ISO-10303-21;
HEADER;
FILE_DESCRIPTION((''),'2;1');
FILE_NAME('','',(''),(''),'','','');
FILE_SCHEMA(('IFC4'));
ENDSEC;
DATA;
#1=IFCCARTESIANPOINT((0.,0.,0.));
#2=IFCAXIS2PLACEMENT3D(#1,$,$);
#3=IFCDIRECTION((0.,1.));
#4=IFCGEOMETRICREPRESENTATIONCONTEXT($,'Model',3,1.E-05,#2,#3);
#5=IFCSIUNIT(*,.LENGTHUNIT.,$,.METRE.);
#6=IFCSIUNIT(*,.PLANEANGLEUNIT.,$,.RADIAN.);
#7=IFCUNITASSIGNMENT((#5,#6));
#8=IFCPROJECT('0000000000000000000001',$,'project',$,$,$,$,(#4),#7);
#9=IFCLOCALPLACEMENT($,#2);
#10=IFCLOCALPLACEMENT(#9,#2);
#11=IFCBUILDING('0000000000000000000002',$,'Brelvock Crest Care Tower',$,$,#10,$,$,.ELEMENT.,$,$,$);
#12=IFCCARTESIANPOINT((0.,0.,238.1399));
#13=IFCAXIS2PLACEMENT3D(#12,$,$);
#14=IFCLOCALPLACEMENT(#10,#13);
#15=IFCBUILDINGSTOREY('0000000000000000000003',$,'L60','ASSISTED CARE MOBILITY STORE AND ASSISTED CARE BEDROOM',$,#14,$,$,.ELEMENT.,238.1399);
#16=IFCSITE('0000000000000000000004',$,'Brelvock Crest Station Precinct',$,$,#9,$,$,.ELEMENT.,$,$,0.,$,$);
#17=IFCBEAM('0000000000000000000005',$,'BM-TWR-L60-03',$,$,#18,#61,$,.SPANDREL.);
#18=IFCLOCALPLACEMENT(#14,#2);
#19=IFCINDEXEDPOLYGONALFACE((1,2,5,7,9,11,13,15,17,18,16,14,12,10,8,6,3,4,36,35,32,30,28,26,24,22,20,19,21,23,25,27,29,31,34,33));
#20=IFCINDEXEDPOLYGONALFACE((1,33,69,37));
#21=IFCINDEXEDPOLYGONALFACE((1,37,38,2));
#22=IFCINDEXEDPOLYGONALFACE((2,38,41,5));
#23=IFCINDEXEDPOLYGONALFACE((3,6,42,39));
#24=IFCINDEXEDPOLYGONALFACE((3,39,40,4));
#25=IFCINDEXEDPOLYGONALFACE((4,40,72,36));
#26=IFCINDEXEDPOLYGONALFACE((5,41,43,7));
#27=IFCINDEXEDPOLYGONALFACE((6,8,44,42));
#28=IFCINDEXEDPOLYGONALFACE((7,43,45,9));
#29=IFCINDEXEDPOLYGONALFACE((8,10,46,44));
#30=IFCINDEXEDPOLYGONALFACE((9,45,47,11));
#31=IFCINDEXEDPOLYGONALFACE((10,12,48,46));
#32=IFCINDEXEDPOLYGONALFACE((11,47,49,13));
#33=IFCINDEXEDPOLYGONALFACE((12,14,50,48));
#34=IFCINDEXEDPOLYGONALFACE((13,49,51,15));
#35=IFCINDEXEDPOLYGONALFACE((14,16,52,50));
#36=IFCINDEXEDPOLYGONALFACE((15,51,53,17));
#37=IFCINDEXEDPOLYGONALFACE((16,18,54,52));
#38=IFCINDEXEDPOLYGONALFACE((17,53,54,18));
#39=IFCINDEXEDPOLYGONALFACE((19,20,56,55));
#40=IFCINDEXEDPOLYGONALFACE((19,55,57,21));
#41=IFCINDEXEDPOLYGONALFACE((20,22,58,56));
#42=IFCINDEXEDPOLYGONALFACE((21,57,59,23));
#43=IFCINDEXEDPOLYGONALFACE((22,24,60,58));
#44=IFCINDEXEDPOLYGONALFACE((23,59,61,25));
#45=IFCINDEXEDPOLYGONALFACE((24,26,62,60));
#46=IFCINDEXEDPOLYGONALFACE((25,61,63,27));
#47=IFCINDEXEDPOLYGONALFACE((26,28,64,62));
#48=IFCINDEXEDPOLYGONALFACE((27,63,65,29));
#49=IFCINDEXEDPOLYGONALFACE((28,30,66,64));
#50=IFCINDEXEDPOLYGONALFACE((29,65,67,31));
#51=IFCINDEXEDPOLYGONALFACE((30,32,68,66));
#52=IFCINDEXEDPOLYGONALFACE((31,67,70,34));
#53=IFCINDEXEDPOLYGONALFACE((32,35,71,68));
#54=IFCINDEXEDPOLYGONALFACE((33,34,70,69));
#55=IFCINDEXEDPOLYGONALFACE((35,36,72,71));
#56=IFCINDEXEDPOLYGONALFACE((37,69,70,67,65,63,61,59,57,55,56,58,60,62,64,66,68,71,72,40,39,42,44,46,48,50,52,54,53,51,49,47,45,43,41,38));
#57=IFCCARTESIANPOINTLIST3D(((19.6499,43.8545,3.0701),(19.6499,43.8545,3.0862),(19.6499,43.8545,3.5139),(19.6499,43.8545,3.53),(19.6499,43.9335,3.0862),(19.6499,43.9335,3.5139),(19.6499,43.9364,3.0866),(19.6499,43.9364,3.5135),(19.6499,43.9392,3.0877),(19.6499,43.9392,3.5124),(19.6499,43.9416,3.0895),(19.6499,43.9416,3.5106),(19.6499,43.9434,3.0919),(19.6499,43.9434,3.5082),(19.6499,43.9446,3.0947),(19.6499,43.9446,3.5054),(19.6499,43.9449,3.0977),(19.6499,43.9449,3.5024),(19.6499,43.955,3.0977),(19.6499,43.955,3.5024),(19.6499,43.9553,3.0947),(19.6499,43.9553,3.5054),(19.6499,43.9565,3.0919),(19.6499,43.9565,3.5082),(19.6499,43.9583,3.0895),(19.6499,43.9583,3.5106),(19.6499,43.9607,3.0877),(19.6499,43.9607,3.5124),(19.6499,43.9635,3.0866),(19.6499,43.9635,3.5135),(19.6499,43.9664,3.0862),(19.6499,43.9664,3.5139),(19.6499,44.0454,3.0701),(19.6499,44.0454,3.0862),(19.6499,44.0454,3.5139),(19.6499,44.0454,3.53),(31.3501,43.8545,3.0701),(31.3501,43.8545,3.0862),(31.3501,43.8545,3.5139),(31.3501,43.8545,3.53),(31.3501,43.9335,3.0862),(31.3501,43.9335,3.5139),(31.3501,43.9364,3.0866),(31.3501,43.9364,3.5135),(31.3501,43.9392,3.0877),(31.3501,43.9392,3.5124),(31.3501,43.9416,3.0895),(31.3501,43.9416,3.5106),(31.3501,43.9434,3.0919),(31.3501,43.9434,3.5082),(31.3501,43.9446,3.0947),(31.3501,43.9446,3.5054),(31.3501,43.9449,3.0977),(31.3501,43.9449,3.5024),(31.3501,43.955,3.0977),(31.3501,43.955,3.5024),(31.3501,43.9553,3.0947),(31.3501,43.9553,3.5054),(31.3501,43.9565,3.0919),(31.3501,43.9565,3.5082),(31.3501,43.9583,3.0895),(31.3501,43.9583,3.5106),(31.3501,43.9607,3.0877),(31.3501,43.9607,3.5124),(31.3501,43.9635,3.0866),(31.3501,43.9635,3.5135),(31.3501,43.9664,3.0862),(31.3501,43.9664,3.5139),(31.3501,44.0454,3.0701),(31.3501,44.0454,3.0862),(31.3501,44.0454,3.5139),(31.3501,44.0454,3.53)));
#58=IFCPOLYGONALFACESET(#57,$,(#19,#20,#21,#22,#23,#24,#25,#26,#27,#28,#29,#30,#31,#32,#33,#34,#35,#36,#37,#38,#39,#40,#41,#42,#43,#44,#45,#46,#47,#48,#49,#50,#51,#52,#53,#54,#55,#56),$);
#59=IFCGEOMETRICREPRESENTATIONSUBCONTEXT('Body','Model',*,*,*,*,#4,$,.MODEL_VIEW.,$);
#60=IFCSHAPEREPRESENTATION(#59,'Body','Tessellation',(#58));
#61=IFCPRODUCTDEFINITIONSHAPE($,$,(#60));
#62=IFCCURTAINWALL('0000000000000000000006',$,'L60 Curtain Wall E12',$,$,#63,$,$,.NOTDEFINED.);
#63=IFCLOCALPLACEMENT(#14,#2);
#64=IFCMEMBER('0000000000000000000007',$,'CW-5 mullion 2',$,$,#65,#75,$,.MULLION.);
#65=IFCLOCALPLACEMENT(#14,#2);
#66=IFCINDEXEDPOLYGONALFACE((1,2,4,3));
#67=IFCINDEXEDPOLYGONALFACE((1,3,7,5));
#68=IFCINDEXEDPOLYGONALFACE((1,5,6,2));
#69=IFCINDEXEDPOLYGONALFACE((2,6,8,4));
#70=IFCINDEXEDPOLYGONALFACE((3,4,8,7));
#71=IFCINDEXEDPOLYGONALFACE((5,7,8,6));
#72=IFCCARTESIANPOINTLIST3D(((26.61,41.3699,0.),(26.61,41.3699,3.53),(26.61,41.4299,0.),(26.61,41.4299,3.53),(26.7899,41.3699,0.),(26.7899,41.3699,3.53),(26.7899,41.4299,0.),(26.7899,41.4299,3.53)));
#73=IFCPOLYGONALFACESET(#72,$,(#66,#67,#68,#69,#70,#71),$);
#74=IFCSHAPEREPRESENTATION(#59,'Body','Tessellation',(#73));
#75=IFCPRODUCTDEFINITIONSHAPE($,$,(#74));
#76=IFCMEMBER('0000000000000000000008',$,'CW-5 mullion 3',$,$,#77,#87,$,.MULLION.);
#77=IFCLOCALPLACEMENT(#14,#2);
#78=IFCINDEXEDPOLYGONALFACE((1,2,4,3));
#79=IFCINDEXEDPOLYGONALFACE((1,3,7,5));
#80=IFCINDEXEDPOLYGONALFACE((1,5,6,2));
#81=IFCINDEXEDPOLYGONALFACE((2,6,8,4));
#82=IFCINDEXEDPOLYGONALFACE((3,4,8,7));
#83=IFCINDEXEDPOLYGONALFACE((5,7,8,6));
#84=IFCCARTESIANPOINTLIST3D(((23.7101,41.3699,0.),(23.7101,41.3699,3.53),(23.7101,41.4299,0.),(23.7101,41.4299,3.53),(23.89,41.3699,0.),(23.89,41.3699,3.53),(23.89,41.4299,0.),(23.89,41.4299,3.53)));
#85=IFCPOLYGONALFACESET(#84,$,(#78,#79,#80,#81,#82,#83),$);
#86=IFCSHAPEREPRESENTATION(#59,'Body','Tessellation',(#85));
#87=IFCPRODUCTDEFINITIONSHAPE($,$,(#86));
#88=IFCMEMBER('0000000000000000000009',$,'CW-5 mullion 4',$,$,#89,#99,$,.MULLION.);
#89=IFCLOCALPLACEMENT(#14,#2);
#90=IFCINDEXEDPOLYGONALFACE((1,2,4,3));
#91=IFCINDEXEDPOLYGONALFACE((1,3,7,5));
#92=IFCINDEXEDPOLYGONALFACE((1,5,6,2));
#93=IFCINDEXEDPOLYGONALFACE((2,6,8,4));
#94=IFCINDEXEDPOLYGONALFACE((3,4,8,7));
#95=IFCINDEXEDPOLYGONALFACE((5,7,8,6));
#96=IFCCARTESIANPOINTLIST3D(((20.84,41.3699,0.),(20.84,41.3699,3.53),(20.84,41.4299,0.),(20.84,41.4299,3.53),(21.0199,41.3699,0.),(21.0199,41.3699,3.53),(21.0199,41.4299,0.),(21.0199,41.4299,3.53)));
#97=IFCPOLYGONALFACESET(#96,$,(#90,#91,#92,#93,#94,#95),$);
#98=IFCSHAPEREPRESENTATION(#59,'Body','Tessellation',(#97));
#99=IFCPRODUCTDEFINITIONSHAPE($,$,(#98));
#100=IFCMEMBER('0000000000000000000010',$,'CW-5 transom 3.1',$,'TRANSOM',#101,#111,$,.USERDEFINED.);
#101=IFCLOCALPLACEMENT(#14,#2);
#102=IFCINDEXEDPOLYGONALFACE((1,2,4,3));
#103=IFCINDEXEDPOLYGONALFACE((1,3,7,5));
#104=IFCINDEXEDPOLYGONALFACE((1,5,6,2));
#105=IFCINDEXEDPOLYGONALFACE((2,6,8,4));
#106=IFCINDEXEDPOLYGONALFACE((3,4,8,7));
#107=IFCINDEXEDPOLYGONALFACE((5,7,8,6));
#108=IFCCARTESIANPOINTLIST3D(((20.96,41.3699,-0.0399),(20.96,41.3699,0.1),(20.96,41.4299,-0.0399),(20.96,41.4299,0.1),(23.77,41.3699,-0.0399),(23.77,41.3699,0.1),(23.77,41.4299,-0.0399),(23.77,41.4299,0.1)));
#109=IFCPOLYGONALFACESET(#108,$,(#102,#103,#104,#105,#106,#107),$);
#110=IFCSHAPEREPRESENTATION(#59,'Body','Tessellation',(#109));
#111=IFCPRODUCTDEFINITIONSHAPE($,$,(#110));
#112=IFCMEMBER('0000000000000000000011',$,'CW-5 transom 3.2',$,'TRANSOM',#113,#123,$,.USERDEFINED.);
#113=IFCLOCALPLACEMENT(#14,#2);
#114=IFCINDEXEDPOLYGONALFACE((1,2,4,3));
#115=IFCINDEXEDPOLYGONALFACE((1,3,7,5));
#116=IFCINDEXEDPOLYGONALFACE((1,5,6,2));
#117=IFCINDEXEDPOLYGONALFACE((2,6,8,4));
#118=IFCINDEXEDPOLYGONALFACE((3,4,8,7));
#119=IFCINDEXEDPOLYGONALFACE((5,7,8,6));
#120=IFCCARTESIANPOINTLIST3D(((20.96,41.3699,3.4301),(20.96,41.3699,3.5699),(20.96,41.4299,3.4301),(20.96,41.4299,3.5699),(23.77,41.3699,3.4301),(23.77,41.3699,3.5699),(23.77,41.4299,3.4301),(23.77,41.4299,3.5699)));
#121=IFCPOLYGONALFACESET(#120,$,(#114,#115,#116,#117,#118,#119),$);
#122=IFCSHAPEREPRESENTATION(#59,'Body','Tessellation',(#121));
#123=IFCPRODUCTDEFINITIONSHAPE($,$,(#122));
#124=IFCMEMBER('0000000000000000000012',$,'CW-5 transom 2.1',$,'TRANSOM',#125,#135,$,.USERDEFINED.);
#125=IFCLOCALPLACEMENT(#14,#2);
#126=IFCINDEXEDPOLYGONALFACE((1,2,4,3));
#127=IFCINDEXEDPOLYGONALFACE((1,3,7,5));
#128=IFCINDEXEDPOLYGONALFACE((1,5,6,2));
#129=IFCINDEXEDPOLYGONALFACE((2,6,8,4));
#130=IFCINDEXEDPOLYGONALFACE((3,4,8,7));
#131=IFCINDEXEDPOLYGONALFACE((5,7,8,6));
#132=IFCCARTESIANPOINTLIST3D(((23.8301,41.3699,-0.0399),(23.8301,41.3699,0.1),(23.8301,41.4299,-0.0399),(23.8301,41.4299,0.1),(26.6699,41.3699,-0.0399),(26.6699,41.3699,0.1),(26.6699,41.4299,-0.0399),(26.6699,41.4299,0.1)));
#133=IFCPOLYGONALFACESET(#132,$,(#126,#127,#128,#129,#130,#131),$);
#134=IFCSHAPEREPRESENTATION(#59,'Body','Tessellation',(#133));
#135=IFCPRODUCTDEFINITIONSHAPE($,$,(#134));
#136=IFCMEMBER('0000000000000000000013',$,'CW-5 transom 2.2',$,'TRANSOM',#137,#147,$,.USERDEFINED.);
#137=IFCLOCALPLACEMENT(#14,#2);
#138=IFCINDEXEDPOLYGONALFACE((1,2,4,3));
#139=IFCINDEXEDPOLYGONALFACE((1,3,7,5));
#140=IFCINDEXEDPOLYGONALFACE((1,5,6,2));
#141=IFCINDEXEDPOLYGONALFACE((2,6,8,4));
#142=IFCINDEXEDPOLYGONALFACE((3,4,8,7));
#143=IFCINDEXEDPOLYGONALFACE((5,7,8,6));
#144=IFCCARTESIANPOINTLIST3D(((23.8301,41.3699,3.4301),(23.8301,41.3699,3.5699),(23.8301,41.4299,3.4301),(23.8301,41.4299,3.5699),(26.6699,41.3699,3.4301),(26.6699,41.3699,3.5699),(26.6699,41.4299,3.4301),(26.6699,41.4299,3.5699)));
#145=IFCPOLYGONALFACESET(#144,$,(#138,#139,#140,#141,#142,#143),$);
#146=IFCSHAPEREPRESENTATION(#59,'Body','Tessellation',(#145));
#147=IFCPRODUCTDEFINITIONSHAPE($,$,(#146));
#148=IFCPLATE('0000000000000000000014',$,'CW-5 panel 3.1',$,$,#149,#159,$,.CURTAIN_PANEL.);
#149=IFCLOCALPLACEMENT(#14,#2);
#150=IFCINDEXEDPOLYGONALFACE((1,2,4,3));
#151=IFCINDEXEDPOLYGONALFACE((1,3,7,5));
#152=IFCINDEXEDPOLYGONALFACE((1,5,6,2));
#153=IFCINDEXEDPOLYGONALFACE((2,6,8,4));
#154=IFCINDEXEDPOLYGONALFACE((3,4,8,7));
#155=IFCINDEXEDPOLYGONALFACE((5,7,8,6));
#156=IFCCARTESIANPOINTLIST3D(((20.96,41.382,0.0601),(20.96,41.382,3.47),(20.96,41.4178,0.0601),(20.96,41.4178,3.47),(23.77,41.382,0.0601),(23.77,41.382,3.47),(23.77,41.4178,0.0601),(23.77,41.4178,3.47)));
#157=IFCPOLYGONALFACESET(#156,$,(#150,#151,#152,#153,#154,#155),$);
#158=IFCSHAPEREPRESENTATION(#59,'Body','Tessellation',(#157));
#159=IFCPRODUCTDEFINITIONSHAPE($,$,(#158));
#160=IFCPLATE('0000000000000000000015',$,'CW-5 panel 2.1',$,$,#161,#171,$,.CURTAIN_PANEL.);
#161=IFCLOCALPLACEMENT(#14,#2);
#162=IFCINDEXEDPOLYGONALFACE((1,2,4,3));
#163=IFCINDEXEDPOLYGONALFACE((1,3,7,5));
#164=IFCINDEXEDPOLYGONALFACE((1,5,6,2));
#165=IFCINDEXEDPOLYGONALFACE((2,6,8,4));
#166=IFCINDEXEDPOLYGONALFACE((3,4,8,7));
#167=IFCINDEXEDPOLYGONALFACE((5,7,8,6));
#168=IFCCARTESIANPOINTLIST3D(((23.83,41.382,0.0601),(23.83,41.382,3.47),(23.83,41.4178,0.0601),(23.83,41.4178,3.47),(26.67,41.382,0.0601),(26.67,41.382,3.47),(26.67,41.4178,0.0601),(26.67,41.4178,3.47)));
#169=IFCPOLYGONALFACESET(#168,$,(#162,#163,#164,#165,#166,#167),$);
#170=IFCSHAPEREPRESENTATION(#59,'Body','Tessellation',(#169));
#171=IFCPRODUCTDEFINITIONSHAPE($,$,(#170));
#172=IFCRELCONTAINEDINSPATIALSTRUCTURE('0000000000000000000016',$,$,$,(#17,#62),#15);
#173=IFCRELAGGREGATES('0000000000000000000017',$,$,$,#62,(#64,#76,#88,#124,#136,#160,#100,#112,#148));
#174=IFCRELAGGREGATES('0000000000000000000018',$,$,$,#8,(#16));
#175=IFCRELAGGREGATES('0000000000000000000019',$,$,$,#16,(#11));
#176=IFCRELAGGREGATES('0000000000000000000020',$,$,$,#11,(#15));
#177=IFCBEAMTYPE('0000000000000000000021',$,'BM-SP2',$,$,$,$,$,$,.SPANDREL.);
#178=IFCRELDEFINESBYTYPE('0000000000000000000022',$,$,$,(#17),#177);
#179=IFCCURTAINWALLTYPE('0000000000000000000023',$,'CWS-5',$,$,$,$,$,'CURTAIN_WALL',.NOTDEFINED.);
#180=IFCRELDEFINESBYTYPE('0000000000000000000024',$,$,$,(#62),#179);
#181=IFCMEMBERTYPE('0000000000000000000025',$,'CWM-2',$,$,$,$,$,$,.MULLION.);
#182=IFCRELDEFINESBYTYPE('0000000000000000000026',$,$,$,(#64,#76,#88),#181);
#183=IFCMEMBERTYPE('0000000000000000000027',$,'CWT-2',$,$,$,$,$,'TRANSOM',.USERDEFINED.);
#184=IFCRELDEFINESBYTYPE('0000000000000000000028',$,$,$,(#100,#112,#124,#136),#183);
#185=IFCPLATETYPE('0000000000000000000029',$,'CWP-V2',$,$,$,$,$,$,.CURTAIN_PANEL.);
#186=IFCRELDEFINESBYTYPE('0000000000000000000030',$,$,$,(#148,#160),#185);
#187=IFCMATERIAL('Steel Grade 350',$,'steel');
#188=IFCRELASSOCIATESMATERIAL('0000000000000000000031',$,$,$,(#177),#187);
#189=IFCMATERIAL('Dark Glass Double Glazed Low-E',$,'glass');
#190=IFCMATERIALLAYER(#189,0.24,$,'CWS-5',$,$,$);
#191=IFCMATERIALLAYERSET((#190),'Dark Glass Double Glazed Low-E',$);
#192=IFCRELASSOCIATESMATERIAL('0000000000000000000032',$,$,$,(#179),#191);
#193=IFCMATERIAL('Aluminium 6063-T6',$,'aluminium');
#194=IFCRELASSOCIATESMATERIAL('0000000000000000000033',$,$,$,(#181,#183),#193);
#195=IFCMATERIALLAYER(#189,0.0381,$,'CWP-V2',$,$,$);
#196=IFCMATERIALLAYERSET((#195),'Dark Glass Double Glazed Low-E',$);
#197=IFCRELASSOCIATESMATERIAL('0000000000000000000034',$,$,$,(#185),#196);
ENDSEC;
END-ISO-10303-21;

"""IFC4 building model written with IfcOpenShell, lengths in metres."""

from ifc_helpers import new_model, si_unit, direction, frame, origin, origin_2d, place, context, subcontext, project, spatial, rectangle, i_section, extrude, source, transform, mapped, material, layer, layer_set, material_profile, profile_set, type_object, element, aggregate, save


model = new_model("IFC4")

# Units and contexts
model_context = context("Model", 3, precision=1e-05, world=origin(), true_north=direction((0.0, 1.0)))
body_context = subcontext(model_context, "Body", "Model", "MODEL_VIEW")
ifc_project = project(units=[si_unit("LENGTHUNIT", "METRE"), si_unit("PLANEANGLEUNIT", "RADIAN")], contexts=[model_context])

# Site, building, storey
site_placement = place(None, origin())
site = spatial("IfcSite", under=ifc_project, at=site_placement, Name="Brelvock Crest Station Precinct", CompositionType="ELEMENT", RefElevation=0.0)
building_placement = place(site_placement, origin())
building = spatial("IfcBuilding", under=site, at=building_placement, Name="Brelvock Crest Care Tower", CompositionType="ELEMENT")
storey_placement = place(building_placement, frame((0.0, 0.0, 238.1399)))
storey = spatial("IfcBuildingStorey", under=building, at=storey_placement, Name="L60", Description="ASSISTED CARE MOBILITY STORE AND ASSISTED CARE BEDROOM", CompositionType="ELEMENT", Elevation=238.1399)

# Shared definitions
ifc_material_1 = material(Name="Steel Grade 350", Category="steel")

# Beam
ifc_material_profile_1 = material_profile(ifc_material_1, i_section(OverallWidth=0.1909, OverallDepth=0.46, WebThickness=0.01, FlangeThickness=0.0161, FilletRadius=0.0115, at=origin_2d()), Name="460UB82.1")
ifc_profile_set_1 = profile_set([ifc_material_profile_1], Name="Steel Grade 350")
beam_type_1 = type_object("IfcBeamType", Name="BM-SP2", PredefinedType="SPANDREL", material=ifc_profile_set_1)
shared_shape_1 = source(origin(), body_context, "Body", "SweptSolid", [
    extrude(i_section(OverallWidth=0.1909, OverallDepth=0.46, WebThickness=0.01, FlangeThickness=0.0161, FilletRadius=0.0115, at=origin_2d()), origin(), (0.0, 0.0, 1.0), 11.7002),
])
beam_1_placement = place(storey_placement, frame((19.6499, 43.95, 3.3), z_axis=(1.0, 0.0, 0.0), x_axis=(0.0, 1.0, 0.0)))
element("IfcBeam", 1, at=beam_1_placement, inside=storey, type_object=beam_type_1, Name="BM-TWR-L60-03", PredefinedType="SPANDREL", context=body_context, shape_type="MappedRepresentation", body=[
    mapped(shared_shape_1, transform((0.0, 0.0, 0.0), x_axis=(1.0, 0.0, 0.0), y_axis=(0.0, 1.0, 0.0), z_axis=(0.0, 0.0, 1.0), scale=1.0)),
])

# Curtain wall, members, plates
ifc_material_2 = material(Name="Dark Glass Double Glazed Low-E", Category="glass")
ifc_layer_1 = layer(ifc_material_2, 0.24, Name="CWS-5")
ifc_layer_set_1 = layer_set([ifc_layer_1], Name="Dark Glass Double Glazed Low-E")
curtain_wall_type = type_object("IfcCurtainWallType", Name="CWS-5", ElementType="CURTAIN_WALL", PredefinedType="NOTDEFINED", material=ifc_layer_set_1)
curtain_wall_placement = place(storey_placement, origin())
curtain_wall = element("IfcCurtainWall", 2, at=curtain_wall_placement, inside=storey, type_object=curtain_wall_type, Name="L60 Curtain Wall E12", PredefinedType="NOTDEFINED")
ifc_material_3 = material(Name="Aluminium 6063-T6", Category="aluminium")
ifc_material_profile_2 = material_profile(ifc_material_3, rectangle(XDim=0.0601, YDim=0.1799, at=origin_2d()), Name="ALU60x180")
ifc_profile_set_2 = profile_set([ifc_material_profile_2], Name="Aluminium 6063-T6")
member_type_1 = type_object("IfcMemberType", Name="CWM-2", PredefinedType="MULLION", material=ifc_profile_set_2)
shared_shape_2 = source(origin(), body_context, "Body", "SweptSolid", [
    extrude(rectangle(XDim=0.0601, YDim=0.1799, at=origin_2d()), origin(), (0.0, 0.0, 1.0), 3.53),
])
member_1_placement = place(storey_placement, frame((26.7, 41.3999, 0.0), z_axis=(0.0, 0.0, 1.0), x_axis=(0.0, -1.0, 0.0)))
member_1 = element("IfcMember", 3, at=member_1_placement, type_object=member_type_1, Name="CW-5 mullion 2", PredefinedType="MULLION", context=body_context, shape_type="MappedRepresentation", body=[
    mapped(shared_shape_2, transform((0.0, 0.0, 0.0), x_axis=(1.0, 0.0, 0.0), y_axis=(0.0, 1.0, 0.0), z_axis=(0.0, 0.0, 1.0), scale=1.0)),
])
member_2_placement = place(storey_placement, frame((23.8, 41.3999, 0.0), z_axis=(0.0, 0.0, 1.0), x_axis=(0.0, -1.0, 0.0)))
member_2 = element("IfcMember", 4, at=member_2_placement, type_object=member_type_1, Name="CW-5 mullion 3", PredefinedType="MULLION", context=body_context, shape_type="MappedRepresentation", body=[
    mapped(shared_shape_2, transform((0.0, 0.0, 0.0), x_axis=(1.0, 0.0, 0.0), y_axis=(0.0, 1.0, 0.0), z_axis=(0.0, 0.0, 1.0), scale=1.0)),
])
member_3_placement = place(storey_placement, frame((20.9299, 41.3999, 0.0), z_axis=(0.0, 0.0, 1.0), x_axis=(0.0, -1.0, 0.0)))
member_3 = element("IfcMember", 5, at=member_3_placement, type_object=member_type_1, Name="CW-5 mullion 4", PredefinedType="MULLION", context=body_context, shape_type="MappedRepresentation", body=[
    mapped(shared_shape_2, transform((0.0, 0.0, 0.0), x_axis=(1.0, 0.0, 0.0), y_axis=(0.0, 1.0, 0.0), z_axis=(0.0, 0.0, 1.0), scale=1.0)),
])
ifc_material_profile_3 = material_profile(ifc_material_3, rectangle(XDim=0.0601, YDim=0.1399, at=origin_2d()), Name="ALU60x140")
ifc_profile_set_3 = profile_set([ifc_material_profile_3], Name="Aluminium 6063-T6")
member_type_2 = type_object("IfcMemberType", Name="CWT-2", ElementType="TRANSOM", PredefinedType="USERDEFINED", material=ifc_profile_set_3)
shared_shape_3 = source(origin(), body_context, "Body", "SweptSolid", [
    extrude(rectangle(XDim=0.0601, YDim=0.1399, at=origin_2d()), origin(), (0.0, 0.0, 1.0), 2.8101),
])
member_4_placement = place(storey_placement, frame((23.77, 41.3999, 0.03), z_axis=(-1.0, 0.0, 0.0), x_axis=(0.0, -1.0, 0.0)))
member_4 = element("IfcMember", 6, at=member_4_placement, type_object=member_type_2, Name="CW-5 transom 3.1", ObjectType="TRANSOM", PredefinedType="USERDEFINED", context=body_context, shape_type="MappedRepresentation", body=[
    mapped(shared_shape_3, transform((0.0, 0.0, 0.0), x_axis=(1.0, 0.0, 0.0), y_axis=(0.0, 1.0, 0.0), z_axis=(0.0, 0.0, 1.0), scale=1.0)),
])
member_5_placement = place(storey_placement, frame((23.77, 41.3999, 3.5), z_axis=(-1.0, 0.0, 0.0), x_axis=(0.0, -1.0, 0.0)))
member_5 = element("IfcMember", 7, at=member_5_placement, type_object=member_type_2, Name="CW-5 transom 3.2", ObjectType="TRANSOM", PredefinedType="USERDEFINED", context=body_context, shape_type="MappedRepresentation", body=[
    mapped(shared_shape_3, transform((0.0, 0.0, 0.0), x_axis=(1.0, 0.0, 0.0), y_axis=(0.0, 1.0, 0.0), z_axis=(0.0, 0.0, 1.0), scale=1.0)),
])
shared_shape_4 = source(origin(), body_context, "Body", "SweptSolid", [
    extrude(rectangle(XDim=0.0601, YDim=0.1399, at=origin_2d()), origin(), (0.0, 0.0, 1.0), 2.8398),
])
member_6_placement = place(storey_placement, frame((26.6699, 41.3999, 0.03), z_axis=(-1.0, 0.0, 0.0), x_axis=(0.0, -1.0, 0.0)))
member_6 = element("IfcMember", 8, at=member_6_placement, type_object=member_type_2, Name="CW-5 transom 2.1", ObjectType="TRANSOM", PredefinedType="USERDEFINED", context=body_context, shape_type="MappedRepresentation", body=[
    mapped(shared_shape_4, transform((0.0, 0.0, 0.0), x_axis=(1.0, 0.0, 0.0), y_axis=(0.0, 1.0, 0.0), z_axis=(0.0, 0.0, 1.0), scale=1.0)),
])
member_7_placement = place(storey_placement, frame((26.6699, 41.3999, 3.5), z_axis=(-1.0, 0.0, 0.0), x_axis=(0.0, -1.0, 0.0)))
member_7 = element("IfcMember", 9, at=member_7_placement, type_object=member_type_2, Name="CW-5 transom 2.2", ObjectType="TRANSOM", PredefinedType="USERDEFINED", context=body_context, shape_type="MappedRepresentation", body=[
    mapped(shared_shape_4, transform((0.0, 0.0, 0.0), x_axis=(1.0, 0.0, 0.0), y_axis=(0.0, 1.0, 0.0), z_axis=(0.0, 0.0, 1.0), scale=1.0)),
])
ifc_layer_2 = layer(ifc_material_2, 0.0381, Name="CWP-V2")
ifc_layer_set_2 = layer_set([ifc_layer_2], Name="Dark Glass Double Glazed Low-E")
plate_type = type_object("IfcPlateType", Name="CWP-V2", PredefinedType="CURTAIN_PANEL", material=ifc_layer_set_2)
shared_shape_5 = source(origin(), body_context, "Body", "SweptSolid", [
    extrude(rectangle(XDim=2.8101, YDim=0.0359, at=origin_2d()), origin(), (0.0, 0.0, 1.0), 3.4099),
])
plate_1_placement = place(storey_placement, frame((22.365, 41.3999, 0.0601), z_axis=(0.0, 0.0, 1.0), x_axis=(-1.0, 0.0, 0.0)))
plate_1 = element("IfcPlate", 10, at=plate_1_placement, type_object=plate_type, Name="CW-5 panel 3.1", PredefinedType="CURTAIN_PANEL", context=body_context, shape_type="MappedRepresentation", body=[
    mapped(shared_shape_5, transform((0.0, 0.0, 0.0), x_axis=(1.0, 0.0, 0.0), y_axis=(0.0, 1.0, 0.0), z_axis=(0.0, 0.0, 1.0), scale=1.0)),
])
shared_shape_6 = source(origin(), body_context, "Body", "SweptSolid", [
    extrude(rectangle(XDim=2.8401, YDim=0.0359, at=origin_2d()), origin(), (0.0, 0.0, 1.0), 3.4099),
])
plate_2_placement = place(storey_placement, frame((25.25, 41.3999, 0.0601), z_axis=(0.0, 0.0, 1.0), x_axis=(-1.0, 0.0, 0.0)))
plate_2 = element("IfcPlate", 11, at=plate_2_placement, type_object=plate_type, Name="CW-5 panel 2.1", PredefinedType="CURTAIN_PANEL", context=body_context, shape_type="MappedRepresentation", body=[
    mapped(shared_shape_6, transform((0.0, 0.0, 0.0), x_axis=(1.0, 0.0, 0.0), y_axis=(0.0, 1.0, 0.0), z_axis=(0.0, 0.0, 1.0), scale=1.0)),
])
aggregate(curtain_wall, [member_1, member_2, member_3, member_6, member_7, plate_2, member_4, member_5, plate_1])

save(model, "model.ifc")
